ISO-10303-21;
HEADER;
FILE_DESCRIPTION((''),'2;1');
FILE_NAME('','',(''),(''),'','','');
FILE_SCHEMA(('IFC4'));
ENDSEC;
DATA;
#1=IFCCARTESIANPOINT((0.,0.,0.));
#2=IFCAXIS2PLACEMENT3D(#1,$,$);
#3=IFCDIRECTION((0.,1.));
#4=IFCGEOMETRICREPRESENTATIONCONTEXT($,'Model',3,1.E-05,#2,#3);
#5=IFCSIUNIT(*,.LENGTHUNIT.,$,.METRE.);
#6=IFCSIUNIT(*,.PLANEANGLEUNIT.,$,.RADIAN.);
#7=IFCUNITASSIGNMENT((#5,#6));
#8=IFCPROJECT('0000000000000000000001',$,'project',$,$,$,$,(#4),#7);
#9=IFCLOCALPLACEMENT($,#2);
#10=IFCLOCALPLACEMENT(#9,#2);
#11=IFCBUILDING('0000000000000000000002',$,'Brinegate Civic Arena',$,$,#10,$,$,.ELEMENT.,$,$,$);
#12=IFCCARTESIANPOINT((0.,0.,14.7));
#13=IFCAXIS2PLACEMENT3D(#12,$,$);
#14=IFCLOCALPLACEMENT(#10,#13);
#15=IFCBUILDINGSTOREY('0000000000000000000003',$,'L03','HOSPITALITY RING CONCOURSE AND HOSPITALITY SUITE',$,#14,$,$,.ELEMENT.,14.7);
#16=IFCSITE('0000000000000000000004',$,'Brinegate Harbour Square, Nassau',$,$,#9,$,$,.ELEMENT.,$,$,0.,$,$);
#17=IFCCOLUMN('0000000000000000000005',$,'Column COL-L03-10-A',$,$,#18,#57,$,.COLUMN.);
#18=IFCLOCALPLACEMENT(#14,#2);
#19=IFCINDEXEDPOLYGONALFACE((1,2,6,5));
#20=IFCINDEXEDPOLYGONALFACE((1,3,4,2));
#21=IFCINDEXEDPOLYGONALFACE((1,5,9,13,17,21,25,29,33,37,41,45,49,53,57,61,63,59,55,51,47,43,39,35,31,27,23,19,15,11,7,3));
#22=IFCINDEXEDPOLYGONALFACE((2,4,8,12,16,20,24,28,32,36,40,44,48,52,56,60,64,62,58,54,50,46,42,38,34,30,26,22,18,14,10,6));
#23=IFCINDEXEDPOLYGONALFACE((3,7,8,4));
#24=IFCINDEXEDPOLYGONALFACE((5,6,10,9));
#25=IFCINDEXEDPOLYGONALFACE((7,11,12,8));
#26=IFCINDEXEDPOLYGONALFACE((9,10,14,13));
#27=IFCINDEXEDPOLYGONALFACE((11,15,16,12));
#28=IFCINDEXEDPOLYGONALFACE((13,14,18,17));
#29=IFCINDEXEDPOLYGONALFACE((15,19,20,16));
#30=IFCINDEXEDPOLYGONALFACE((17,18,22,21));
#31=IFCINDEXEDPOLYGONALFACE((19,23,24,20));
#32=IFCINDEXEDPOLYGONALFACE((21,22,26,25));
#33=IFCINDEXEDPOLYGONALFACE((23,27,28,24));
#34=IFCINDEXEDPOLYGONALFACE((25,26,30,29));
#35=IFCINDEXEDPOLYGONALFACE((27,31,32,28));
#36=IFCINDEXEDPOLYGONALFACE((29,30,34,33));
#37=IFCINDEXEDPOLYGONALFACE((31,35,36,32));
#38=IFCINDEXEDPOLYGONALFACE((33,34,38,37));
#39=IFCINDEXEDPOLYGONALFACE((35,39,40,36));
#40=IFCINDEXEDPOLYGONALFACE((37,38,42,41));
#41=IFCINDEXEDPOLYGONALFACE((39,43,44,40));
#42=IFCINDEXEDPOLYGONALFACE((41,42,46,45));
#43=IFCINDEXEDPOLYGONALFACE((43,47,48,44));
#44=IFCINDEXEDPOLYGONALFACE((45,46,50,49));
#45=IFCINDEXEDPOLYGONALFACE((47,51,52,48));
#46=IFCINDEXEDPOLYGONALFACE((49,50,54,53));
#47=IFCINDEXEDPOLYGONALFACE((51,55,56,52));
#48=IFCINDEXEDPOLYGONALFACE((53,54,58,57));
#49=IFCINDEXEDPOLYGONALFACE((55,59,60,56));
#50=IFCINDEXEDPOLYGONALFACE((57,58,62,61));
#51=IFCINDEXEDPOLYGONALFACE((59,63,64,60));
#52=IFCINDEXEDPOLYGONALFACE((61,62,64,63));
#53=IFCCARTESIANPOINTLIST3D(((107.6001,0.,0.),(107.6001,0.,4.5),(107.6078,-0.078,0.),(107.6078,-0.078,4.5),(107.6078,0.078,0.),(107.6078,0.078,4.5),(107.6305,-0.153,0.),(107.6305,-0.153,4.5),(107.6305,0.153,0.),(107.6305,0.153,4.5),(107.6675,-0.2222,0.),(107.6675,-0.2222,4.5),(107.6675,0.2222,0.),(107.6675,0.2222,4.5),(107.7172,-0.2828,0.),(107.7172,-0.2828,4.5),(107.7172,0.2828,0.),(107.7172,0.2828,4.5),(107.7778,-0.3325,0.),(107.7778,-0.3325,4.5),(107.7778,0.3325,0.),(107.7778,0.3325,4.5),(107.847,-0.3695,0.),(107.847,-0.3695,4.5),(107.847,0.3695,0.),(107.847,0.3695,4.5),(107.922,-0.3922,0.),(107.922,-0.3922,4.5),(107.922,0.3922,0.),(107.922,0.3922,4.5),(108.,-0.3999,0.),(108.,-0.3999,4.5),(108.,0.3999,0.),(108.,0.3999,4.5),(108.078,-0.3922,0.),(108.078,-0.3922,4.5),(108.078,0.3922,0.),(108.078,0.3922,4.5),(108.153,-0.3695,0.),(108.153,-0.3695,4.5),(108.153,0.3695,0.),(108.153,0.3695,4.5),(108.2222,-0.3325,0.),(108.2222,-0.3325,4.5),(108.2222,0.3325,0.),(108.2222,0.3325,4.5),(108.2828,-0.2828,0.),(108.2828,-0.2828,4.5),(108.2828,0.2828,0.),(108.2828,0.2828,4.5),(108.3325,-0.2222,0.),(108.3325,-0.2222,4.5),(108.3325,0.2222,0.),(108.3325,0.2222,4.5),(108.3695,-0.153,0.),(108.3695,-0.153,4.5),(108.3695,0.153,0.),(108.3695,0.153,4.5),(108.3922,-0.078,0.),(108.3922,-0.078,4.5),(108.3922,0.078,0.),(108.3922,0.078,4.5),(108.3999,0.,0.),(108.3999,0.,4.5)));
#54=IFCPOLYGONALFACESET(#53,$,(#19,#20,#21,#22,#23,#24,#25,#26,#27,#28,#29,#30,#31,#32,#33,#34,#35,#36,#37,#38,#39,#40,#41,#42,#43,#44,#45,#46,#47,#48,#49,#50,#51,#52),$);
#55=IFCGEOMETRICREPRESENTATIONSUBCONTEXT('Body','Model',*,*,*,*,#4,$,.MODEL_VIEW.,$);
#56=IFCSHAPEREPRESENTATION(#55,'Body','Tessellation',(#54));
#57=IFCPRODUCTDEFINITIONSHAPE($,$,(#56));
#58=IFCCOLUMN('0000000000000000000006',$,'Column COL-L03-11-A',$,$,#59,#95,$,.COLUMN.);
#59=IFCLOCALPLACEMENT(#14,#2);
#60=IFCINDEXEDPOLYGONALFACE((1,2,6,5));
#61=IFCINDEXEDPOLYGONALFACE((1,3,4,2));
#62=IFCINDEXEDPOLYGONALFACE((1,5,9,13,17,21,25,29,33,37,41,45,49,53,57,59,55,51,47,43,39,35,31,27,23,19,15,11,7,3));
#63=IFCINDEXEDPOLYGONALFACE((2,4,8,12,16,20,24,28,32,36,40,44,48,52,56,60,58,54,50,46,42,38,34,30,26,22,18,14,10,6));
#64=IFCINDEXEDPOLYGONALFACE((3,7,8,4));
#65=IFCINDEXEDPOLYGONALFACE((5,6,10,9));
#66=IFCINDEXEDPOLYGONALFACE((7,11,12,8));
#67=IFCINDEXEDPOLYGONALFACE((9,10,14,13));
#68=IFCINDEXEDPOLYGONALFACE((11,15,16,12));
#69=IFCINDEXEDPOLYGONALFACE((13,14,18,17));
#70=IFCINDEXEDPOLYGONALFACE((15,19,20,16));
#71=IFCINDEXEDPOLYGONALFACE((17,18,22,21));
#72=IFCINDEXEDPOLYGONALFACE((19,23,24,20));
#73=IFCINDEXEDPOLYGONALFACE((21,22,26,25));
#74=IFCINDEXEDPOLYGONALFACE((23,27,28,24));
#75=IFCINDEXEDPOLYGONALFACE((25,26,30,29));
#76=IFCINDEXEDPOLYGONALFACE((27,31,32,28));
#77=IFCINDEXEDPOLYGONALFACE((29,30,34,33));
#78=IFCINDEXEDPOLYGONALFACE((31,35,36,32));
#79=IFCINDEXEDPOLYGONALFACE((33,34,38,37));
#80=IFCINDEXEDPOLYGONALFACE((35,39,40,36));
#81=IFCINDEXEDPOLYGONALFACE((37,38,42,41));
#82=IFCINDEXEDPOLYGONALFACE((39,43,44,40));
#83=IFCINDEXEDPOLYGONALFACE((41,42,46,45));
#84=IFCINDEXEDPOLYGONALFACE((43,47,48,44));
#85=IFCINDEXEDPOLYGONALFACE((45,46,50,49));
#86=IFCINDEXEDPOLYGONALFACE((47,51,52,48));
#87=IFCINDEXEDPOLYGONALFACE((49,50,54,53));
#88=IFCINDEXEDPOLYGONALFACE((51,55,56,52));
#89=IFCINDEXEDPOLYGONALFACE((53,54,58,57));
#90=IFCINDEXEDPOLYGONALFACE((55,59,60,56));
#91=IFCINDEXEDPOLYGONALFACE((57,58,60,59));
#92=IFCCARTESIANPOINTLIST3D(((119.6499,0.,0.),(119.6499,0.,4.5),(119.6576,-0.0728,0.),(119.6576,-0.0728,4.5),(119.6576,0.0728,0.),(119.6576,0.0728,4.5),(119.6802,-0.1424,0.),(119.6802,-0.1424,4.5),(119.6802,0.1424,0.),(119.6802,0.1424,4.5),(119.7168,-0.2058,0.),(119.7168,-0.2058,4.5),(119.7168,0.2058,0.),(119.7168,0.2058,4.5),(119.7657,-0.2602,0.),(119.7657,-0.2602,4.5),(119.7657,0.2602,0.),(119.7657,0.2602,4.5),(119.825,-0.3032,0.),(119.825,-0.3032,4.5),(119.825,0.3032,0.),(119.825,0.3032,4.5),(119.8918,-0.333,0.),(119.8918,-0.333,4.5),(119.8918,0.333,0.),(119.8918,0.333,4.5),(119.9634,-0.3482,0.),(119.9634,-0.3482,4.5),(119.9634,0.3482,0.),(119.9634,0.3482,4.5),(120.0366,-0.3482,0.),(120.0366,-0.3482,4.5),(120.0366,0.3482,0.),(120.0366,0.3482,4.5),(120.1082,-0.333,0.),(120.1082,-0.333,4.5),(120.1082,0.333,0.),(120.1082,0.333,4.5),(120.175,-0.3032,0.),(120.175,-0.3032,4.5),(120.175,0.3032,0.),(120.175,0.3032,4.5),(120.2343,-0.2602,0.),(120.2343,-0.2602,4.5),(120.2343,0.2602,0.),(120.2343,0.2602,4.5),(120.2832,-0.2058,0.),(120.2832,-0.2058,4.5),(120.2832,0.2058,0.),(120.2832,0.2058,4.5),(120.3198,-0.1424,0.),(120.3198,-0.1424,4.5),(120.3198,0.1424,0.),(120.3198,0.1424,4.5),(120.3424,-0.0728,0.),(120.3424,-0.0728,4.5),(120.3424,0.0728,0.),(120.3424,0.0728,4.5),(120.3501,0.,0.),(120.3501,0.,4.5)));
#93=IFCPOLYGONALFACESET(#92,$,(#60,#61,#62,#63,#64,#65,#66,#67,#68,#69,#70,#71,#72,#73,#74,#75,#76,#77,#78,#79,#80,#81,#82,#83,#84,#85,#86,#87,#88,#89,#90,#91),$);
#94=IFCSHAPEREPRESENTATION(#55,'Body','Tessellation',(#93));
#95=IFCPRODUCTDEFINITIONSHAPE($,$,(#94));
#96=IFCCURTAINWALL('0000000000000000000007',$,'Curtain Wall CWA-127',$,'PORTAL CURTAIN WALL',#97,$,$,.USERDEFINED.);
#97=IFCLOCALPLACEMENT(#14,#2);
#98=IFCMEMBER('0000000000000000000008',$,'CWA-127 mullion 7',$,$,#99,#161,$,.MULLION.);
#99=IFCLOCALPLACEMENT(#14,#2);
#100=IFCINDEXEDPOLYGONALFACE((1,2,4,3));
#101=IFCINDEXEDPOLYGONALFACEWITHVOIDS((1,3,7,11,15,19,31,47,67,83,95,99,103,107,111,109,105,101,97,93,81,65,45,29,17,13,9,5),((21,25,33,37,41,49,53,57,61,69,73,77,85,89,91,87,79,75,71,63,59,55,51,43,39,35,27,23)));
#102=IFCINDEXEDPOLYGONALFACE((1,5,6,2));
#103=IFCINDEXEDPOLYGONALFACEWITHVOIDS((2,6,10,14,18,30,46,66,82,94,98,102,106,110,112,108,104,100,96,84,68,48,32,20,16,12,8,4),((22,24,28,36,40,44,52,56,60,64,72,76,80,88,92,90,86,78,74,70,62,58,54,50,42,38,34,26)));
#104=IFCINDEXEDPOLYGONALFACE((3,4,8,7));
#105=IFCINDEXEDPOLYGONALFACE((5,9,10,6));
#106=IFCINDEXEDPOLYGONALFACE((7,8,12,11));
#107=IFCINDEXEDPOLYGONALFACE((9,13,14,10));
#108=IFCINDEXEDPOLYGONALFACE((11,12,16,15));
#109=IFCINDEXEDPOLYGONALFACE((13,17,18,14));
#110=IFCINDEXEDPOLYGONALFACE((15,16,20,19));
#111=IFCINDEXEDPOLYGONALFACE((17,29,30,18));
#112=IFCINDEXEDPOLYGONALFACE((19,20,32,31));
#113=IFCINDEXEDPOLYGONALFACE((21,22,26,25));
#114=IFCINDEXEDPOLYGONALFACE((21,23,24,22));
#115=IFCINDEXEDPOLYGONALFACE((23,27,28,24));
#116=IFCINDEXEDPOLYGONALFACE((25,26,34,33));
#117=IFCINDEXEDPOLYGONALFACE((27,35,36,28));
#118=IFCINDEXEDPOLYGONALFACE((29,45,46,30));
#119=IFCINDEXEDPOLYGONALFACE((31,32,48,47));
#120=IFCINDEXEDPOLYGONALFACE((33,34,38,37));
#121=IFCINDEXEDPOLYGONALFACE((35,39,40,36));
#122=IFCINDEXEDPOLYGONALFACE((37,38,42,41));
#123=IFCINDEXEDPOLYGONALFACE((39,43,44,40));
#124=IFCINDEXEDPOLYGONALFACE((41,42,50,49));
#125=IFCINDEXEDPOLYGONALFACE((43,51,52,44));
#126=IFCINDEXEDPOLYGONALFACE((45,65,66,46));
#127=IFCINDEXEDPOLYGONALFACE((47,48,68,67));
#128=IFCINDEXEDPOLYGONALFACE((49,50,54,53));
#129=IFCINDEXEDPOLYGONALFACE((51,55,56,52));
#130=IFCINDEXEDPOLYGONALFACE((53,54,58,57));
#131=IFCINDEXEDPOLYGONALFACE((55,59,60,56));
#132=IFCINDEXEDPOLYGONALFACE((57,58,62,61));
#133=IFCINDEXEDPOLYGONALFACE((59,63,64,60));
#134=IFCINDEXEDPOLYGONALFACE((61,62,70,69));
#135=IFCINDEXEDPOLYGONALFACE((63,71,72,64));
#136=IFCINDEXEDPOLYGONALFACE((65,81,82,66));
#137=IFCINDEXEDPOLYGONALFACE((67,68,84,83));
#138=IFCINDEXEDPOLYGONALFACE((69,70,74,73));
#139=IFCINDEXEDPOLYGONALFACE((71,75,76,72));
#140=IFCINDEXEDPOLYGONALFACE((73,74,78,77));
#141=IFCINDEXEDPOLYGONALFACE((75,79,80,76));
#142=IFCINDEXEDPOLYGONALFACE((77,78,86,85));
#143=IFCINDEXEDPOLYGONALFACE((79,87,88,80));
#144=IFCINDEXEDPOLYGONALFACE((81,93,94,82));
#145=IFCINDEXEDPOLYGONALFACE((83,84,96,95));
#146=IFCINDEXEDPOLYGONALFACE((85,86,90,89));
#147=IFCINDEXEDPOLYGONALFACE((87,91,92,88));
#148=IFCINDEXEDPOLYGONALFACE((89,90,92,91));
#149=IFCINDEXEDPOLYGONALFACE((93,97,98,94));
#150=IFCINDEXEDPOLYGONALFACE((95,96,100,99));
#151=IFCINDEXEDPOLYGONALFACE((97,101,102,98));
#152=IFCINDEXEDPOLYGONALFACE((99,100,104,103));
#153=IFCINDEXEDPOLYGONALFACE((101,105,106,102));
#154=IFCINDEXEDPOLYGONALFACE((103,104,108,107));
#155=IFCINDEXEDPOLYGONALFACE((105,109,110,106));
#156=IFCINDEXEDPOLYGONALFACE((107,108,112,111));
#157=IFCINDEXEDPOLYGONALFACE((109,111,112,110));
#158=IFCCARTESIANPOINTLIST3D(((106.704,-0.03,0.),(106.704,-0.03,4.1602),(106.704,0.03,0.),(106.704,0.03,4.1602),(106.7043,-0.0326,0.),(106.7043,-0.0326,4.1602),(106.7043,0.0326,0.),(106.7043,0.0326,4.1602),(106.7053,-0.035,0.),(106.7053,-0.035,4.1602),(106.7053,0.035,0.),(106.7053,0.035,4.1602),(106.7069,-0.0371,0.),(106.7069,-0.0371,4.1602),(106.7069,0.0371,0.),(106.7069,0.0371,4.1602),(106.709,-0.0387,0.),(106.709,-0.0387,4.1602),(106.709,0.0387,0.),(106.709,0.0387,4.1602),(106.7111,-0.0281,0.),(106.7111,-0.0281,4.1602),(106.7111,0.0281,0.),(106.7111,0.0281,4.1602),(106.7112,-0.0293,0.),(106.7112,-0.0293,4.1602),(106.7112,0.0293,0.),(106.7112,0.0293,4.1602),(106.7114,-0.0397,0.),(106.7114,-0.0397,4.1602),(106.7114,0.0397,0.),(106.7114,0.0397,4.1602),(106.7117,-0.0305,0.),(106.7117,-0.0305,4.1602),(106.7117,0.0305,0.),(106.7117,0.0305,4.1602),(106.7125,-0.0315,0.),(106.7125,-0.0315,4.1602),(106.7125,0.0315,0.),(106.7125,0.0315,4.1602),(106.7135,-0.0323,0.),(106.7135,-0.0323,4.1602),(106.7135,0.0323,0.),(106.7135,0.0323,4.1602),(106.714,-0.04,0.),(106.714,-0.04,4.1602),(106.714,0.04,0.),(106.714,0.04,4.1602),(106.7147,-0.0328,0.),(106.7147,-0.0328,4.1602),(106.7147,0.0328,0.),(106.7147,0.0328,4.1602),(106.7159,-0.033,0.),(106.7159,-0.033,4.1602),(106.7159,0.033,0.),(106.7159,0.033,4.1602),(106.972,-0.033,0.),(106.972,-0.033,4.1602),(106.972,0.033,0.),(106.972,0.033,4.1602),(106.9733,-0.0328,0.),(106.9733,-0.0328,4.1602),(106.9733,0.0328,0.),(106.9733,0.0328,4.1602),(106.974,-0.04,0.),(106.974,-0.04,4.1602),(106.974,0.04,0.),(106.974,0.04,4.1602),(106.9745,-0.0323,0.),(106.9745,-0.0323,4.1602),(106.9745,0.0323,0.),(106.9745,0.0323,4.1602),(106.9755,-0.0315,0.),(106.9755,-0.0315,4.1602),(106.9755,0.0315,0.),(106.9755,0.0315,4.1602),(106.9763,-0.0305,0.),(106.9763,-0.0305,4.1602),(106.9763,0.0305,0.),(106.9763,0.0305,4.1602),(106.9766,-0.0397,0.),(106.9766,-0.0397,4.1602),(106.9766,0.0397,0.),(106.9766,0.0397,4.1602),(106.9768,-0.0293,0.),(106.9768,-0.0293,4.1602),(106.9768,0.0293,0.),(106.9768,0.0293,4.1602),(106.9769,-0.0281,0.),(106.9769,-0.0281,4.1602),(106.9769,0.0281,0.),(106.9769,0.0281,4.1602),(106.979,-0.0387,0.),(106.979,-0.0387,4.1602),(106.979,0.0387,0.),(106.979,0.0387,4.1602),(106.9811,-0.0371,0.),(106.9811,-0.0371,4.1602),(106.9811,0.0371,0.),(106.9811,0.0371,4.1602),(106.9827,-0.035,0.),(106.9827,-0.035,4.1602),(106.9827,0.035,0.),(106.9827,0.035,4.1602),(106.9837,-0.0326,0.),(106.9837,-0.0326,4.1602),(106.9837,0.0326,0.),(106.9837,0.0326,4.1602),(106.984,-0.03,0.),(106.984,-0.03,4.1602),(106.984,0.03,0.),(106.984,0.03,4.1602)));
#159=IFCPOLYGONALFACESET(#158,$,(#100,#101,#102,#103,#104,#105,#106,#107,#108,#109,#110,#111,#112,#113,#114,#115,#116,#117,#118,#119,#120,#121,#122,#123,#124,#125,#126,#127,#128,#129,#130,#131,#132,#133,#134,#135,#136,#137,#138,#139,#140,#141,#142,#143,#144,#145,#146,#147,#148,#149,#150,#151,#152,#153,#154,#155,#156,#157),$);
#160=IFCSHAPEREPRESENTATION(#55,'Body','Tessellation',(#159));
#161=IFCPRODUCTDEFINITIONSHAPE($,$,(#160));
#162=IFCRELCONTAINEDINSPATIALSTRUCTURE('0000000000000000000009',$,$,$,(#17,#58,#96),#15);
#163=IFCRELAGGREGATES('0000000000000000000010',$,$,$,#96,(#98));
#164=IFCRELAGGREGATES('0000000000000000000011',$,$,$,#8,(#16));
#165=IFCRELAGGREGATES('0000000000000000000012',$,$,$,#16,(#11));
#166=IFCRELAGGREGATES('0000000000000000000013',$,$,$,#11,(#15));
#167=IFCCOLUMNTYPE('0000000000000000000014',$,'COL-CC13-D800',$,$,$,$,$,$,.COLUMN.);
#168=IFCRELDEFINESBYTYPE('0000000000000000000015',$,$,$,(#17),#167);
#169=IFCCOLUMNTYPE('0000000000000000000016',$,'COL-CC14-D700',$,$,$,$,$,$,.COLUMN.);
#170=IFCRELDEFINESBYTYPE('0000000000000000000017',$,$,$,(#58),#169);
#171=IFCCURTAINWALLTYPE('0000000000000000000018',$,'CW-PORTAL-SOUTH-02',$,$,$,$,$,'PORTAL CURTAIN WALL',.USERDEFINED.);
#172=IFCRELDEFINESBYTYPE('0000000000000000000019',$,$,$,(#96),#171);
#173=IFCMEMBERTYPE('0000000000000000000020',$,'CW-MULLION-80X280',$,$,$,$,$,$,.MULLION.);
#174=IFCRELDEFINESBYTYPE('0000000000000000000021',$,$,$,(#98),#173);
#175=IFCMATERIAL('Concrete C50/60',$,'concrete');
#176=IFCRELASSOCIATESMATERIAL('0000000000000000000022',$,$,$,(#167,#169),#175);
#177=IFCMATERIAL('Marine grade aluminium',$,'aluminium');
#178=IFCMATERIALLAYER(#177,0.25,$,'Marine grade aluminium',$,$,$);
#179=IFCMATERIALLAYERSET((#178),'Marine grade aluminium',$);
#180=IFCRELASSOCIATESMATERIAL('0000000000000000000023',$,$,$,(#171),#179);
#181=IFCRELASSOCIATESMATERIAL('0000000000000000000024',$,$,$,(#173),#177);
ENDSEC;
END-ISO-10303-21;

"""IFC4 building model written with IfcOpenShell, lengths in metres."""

from ifc_helpers import new_model, si_unit, direction, frame, origin, origin_2d, place, context, subcontext, project, spatial, hollow_rectangle, circle, extrude, material, layer, layer_set, material_profile, profile_set, type_object, element, aggregate, save


model = new_model("IFC4")

# Units and contexts
model_context = context("Model", 3, precision=1e-05, world=origin(), true_north=direction((0.0, 1.0)))
body_context = subcontext(model_context, "Body", "Model", "MODEL_VIEW")
ifc_project = project(units=[si_unit("LENGTHUNIT", "METRE"), si_unit("PLANEANGLEUNIT", "RADIAN")], contexts=[model_context])

# Site, building, storey
site_placement = place(None, origin())
site = spatial("IfcSite", under=ifc_project, at=site_placement, Name="Brinegate Harbour Square, Nassau", CompositionType="ELEMENT", RefElevation=0.0)
building_placement = place(site_placement, origin())
building = spatial("IfcBuilding", under=site, at=building_placement, Name="Brinegate Civic Arena", CompositionType="ELEMENT")
storey_placement = place(building_placement, frame((0.0, 0.0, 14.7)))
storey = spatial("IfcBuildingStorey", under=building, at=storey_placement, Name="L03", Description="HOSPITALITY RING CONCOURSE AND HOSPITALITY SUITE", CompositionType="ELEMENT", Elevation=14.7)

# Columns
ifc_material_1 = material(Name="Concrete C50/60", Category="concrete")
ifc_material_profile_1 = material_profile(ifc_material_1, circle(Radius=0.3999, at=origin_2d()), Name="RCD800")
ifc_profile_set_1 = profile_set([ifc_material_profile_1], Name="Concrete C50/60")
column_type_1 = type_object("IfcColumnType", Name="COL-CC13-D800", PredefinedType="COLUMN", material=ifc_profile_set_1)
column_1_placement = place(storey_placement, frame((108.0, 0.0, 0.0), z_axis=(0.0, 0.0, 1.0), x_axis=(1.0, 0.0, 0.0)))
element("IfcColumn", 1, at=column_1_placement, inside=storey, type_object=column_type_1, Name="Column COL-L03-10-A", PredefinedType="COLUMN", context=body_context, shape_type="SweptSolid", body=[
    extrude(circle(Radius=0.3999, at=origin_2d()), origin(), (0.0, 0.0, 1.0), 4.5),
])
ifc_material_profile_2 = material_profile(ifc_material_1, circle(Radius=0.3501, at=origin_2d()), Name="RCD700")
ifc_profile_set_2 = profile_set([ifc_material_profile_2], Name="Concrete C50/60")
column_type_2 = type_object("IfcColumnType", Name="COL-CC14-D700", PredefinedType="COLUMN", material=ifc_profile_set_2)
column_2_placement = place(storey_placement, frame((120.0, 0.0, 0.0), z_axis=(0.0, 0.0, 1.0), x_axis=(1.0, 0.0, 0.0)))
element("IfcColumn", 2, at=column_2_placement, inside=storey, type_object=column_type_2, Name="Column COL-L03-11-A", PredefinedType="COLUMN", context=body_context, shape_type="SweptSolid", body=[
    extrude(circle(Radius=0.3501, at=origin_2d()), origin(), (0.0, 0.0, 1.0), 4.5),
])

# Curtain wall, member
ifc_material_2 = material(Name="Marine grade aluminium", Category="aluminium")
ifc_layer_1 = layer(ifc_material_2, 0.25, Name="Marine grade aluminium")
ifc_layer_set_1 = layer_set([ifc_layer_1], Name="Marine grade aluminium")
curtain_wall_type = type_object("IfcCurtainWallType", Name="CW-PORTAL-SOUTH-02", ElementType="PORTAL CURTAIN WALL", PredefinedType="USERDEFINED", material=ifc_layer_set_1)
curtain_wall_placement = place(storey_placement, origin())
curtain_wall = element("IfcCurtainWall", 3, at=curtain_wall_placement, inside=storey, type_object=curtain_wall_type, Name="Curtain Wall CWA-127", ObjectType="PORTAL CURTAIN WALL", PredefinedType="USERDEFINED")
ifc_material_profile_3 = material_profile(ifc_material_2, hollow_rectangle(XDim=0.0801, YDim=0.28, WallThickness=0.0071, InnerFilletRadius=0.0049, OuterFilletRadius=0.01, at=origin_2d()), Name="MUL80X280")
ifc_profile_set_3 = profile_set([ifc_material_profile_3], Name="Marine grade aluminium")
member_type = type_object("IfcMemberType", Name="CW-MULLION-80X280", PredefinedType="MULLION", material=ifc_profile_set_3)
member_placement = place(storey_placement, frame((106.844, 0.0, 0.0), z_axis=(0.0, 0.0, 1.0), x_axis=(0.0, 1.0, 0.0)))
member = element("IfcMember", 4, at=member_placement, type_object=member_type, Name="CWA-127 mullion 7", PredefinedType="MULLION", context=body_context, shape_type="SweptSolid", body=[
    extrude(hollow_rectangle(XDim=0.0801, YDim=0.28, WallThickness=0.0071, InnerFilletRadius=0.0049, OuterFilletRadius=0.01, at=origin_2d()), origin(), (0.0, 0.0, 1.0), 4.1602),
])

aggregate(curtain_wall, [member])

save(model, "model.ifc")
